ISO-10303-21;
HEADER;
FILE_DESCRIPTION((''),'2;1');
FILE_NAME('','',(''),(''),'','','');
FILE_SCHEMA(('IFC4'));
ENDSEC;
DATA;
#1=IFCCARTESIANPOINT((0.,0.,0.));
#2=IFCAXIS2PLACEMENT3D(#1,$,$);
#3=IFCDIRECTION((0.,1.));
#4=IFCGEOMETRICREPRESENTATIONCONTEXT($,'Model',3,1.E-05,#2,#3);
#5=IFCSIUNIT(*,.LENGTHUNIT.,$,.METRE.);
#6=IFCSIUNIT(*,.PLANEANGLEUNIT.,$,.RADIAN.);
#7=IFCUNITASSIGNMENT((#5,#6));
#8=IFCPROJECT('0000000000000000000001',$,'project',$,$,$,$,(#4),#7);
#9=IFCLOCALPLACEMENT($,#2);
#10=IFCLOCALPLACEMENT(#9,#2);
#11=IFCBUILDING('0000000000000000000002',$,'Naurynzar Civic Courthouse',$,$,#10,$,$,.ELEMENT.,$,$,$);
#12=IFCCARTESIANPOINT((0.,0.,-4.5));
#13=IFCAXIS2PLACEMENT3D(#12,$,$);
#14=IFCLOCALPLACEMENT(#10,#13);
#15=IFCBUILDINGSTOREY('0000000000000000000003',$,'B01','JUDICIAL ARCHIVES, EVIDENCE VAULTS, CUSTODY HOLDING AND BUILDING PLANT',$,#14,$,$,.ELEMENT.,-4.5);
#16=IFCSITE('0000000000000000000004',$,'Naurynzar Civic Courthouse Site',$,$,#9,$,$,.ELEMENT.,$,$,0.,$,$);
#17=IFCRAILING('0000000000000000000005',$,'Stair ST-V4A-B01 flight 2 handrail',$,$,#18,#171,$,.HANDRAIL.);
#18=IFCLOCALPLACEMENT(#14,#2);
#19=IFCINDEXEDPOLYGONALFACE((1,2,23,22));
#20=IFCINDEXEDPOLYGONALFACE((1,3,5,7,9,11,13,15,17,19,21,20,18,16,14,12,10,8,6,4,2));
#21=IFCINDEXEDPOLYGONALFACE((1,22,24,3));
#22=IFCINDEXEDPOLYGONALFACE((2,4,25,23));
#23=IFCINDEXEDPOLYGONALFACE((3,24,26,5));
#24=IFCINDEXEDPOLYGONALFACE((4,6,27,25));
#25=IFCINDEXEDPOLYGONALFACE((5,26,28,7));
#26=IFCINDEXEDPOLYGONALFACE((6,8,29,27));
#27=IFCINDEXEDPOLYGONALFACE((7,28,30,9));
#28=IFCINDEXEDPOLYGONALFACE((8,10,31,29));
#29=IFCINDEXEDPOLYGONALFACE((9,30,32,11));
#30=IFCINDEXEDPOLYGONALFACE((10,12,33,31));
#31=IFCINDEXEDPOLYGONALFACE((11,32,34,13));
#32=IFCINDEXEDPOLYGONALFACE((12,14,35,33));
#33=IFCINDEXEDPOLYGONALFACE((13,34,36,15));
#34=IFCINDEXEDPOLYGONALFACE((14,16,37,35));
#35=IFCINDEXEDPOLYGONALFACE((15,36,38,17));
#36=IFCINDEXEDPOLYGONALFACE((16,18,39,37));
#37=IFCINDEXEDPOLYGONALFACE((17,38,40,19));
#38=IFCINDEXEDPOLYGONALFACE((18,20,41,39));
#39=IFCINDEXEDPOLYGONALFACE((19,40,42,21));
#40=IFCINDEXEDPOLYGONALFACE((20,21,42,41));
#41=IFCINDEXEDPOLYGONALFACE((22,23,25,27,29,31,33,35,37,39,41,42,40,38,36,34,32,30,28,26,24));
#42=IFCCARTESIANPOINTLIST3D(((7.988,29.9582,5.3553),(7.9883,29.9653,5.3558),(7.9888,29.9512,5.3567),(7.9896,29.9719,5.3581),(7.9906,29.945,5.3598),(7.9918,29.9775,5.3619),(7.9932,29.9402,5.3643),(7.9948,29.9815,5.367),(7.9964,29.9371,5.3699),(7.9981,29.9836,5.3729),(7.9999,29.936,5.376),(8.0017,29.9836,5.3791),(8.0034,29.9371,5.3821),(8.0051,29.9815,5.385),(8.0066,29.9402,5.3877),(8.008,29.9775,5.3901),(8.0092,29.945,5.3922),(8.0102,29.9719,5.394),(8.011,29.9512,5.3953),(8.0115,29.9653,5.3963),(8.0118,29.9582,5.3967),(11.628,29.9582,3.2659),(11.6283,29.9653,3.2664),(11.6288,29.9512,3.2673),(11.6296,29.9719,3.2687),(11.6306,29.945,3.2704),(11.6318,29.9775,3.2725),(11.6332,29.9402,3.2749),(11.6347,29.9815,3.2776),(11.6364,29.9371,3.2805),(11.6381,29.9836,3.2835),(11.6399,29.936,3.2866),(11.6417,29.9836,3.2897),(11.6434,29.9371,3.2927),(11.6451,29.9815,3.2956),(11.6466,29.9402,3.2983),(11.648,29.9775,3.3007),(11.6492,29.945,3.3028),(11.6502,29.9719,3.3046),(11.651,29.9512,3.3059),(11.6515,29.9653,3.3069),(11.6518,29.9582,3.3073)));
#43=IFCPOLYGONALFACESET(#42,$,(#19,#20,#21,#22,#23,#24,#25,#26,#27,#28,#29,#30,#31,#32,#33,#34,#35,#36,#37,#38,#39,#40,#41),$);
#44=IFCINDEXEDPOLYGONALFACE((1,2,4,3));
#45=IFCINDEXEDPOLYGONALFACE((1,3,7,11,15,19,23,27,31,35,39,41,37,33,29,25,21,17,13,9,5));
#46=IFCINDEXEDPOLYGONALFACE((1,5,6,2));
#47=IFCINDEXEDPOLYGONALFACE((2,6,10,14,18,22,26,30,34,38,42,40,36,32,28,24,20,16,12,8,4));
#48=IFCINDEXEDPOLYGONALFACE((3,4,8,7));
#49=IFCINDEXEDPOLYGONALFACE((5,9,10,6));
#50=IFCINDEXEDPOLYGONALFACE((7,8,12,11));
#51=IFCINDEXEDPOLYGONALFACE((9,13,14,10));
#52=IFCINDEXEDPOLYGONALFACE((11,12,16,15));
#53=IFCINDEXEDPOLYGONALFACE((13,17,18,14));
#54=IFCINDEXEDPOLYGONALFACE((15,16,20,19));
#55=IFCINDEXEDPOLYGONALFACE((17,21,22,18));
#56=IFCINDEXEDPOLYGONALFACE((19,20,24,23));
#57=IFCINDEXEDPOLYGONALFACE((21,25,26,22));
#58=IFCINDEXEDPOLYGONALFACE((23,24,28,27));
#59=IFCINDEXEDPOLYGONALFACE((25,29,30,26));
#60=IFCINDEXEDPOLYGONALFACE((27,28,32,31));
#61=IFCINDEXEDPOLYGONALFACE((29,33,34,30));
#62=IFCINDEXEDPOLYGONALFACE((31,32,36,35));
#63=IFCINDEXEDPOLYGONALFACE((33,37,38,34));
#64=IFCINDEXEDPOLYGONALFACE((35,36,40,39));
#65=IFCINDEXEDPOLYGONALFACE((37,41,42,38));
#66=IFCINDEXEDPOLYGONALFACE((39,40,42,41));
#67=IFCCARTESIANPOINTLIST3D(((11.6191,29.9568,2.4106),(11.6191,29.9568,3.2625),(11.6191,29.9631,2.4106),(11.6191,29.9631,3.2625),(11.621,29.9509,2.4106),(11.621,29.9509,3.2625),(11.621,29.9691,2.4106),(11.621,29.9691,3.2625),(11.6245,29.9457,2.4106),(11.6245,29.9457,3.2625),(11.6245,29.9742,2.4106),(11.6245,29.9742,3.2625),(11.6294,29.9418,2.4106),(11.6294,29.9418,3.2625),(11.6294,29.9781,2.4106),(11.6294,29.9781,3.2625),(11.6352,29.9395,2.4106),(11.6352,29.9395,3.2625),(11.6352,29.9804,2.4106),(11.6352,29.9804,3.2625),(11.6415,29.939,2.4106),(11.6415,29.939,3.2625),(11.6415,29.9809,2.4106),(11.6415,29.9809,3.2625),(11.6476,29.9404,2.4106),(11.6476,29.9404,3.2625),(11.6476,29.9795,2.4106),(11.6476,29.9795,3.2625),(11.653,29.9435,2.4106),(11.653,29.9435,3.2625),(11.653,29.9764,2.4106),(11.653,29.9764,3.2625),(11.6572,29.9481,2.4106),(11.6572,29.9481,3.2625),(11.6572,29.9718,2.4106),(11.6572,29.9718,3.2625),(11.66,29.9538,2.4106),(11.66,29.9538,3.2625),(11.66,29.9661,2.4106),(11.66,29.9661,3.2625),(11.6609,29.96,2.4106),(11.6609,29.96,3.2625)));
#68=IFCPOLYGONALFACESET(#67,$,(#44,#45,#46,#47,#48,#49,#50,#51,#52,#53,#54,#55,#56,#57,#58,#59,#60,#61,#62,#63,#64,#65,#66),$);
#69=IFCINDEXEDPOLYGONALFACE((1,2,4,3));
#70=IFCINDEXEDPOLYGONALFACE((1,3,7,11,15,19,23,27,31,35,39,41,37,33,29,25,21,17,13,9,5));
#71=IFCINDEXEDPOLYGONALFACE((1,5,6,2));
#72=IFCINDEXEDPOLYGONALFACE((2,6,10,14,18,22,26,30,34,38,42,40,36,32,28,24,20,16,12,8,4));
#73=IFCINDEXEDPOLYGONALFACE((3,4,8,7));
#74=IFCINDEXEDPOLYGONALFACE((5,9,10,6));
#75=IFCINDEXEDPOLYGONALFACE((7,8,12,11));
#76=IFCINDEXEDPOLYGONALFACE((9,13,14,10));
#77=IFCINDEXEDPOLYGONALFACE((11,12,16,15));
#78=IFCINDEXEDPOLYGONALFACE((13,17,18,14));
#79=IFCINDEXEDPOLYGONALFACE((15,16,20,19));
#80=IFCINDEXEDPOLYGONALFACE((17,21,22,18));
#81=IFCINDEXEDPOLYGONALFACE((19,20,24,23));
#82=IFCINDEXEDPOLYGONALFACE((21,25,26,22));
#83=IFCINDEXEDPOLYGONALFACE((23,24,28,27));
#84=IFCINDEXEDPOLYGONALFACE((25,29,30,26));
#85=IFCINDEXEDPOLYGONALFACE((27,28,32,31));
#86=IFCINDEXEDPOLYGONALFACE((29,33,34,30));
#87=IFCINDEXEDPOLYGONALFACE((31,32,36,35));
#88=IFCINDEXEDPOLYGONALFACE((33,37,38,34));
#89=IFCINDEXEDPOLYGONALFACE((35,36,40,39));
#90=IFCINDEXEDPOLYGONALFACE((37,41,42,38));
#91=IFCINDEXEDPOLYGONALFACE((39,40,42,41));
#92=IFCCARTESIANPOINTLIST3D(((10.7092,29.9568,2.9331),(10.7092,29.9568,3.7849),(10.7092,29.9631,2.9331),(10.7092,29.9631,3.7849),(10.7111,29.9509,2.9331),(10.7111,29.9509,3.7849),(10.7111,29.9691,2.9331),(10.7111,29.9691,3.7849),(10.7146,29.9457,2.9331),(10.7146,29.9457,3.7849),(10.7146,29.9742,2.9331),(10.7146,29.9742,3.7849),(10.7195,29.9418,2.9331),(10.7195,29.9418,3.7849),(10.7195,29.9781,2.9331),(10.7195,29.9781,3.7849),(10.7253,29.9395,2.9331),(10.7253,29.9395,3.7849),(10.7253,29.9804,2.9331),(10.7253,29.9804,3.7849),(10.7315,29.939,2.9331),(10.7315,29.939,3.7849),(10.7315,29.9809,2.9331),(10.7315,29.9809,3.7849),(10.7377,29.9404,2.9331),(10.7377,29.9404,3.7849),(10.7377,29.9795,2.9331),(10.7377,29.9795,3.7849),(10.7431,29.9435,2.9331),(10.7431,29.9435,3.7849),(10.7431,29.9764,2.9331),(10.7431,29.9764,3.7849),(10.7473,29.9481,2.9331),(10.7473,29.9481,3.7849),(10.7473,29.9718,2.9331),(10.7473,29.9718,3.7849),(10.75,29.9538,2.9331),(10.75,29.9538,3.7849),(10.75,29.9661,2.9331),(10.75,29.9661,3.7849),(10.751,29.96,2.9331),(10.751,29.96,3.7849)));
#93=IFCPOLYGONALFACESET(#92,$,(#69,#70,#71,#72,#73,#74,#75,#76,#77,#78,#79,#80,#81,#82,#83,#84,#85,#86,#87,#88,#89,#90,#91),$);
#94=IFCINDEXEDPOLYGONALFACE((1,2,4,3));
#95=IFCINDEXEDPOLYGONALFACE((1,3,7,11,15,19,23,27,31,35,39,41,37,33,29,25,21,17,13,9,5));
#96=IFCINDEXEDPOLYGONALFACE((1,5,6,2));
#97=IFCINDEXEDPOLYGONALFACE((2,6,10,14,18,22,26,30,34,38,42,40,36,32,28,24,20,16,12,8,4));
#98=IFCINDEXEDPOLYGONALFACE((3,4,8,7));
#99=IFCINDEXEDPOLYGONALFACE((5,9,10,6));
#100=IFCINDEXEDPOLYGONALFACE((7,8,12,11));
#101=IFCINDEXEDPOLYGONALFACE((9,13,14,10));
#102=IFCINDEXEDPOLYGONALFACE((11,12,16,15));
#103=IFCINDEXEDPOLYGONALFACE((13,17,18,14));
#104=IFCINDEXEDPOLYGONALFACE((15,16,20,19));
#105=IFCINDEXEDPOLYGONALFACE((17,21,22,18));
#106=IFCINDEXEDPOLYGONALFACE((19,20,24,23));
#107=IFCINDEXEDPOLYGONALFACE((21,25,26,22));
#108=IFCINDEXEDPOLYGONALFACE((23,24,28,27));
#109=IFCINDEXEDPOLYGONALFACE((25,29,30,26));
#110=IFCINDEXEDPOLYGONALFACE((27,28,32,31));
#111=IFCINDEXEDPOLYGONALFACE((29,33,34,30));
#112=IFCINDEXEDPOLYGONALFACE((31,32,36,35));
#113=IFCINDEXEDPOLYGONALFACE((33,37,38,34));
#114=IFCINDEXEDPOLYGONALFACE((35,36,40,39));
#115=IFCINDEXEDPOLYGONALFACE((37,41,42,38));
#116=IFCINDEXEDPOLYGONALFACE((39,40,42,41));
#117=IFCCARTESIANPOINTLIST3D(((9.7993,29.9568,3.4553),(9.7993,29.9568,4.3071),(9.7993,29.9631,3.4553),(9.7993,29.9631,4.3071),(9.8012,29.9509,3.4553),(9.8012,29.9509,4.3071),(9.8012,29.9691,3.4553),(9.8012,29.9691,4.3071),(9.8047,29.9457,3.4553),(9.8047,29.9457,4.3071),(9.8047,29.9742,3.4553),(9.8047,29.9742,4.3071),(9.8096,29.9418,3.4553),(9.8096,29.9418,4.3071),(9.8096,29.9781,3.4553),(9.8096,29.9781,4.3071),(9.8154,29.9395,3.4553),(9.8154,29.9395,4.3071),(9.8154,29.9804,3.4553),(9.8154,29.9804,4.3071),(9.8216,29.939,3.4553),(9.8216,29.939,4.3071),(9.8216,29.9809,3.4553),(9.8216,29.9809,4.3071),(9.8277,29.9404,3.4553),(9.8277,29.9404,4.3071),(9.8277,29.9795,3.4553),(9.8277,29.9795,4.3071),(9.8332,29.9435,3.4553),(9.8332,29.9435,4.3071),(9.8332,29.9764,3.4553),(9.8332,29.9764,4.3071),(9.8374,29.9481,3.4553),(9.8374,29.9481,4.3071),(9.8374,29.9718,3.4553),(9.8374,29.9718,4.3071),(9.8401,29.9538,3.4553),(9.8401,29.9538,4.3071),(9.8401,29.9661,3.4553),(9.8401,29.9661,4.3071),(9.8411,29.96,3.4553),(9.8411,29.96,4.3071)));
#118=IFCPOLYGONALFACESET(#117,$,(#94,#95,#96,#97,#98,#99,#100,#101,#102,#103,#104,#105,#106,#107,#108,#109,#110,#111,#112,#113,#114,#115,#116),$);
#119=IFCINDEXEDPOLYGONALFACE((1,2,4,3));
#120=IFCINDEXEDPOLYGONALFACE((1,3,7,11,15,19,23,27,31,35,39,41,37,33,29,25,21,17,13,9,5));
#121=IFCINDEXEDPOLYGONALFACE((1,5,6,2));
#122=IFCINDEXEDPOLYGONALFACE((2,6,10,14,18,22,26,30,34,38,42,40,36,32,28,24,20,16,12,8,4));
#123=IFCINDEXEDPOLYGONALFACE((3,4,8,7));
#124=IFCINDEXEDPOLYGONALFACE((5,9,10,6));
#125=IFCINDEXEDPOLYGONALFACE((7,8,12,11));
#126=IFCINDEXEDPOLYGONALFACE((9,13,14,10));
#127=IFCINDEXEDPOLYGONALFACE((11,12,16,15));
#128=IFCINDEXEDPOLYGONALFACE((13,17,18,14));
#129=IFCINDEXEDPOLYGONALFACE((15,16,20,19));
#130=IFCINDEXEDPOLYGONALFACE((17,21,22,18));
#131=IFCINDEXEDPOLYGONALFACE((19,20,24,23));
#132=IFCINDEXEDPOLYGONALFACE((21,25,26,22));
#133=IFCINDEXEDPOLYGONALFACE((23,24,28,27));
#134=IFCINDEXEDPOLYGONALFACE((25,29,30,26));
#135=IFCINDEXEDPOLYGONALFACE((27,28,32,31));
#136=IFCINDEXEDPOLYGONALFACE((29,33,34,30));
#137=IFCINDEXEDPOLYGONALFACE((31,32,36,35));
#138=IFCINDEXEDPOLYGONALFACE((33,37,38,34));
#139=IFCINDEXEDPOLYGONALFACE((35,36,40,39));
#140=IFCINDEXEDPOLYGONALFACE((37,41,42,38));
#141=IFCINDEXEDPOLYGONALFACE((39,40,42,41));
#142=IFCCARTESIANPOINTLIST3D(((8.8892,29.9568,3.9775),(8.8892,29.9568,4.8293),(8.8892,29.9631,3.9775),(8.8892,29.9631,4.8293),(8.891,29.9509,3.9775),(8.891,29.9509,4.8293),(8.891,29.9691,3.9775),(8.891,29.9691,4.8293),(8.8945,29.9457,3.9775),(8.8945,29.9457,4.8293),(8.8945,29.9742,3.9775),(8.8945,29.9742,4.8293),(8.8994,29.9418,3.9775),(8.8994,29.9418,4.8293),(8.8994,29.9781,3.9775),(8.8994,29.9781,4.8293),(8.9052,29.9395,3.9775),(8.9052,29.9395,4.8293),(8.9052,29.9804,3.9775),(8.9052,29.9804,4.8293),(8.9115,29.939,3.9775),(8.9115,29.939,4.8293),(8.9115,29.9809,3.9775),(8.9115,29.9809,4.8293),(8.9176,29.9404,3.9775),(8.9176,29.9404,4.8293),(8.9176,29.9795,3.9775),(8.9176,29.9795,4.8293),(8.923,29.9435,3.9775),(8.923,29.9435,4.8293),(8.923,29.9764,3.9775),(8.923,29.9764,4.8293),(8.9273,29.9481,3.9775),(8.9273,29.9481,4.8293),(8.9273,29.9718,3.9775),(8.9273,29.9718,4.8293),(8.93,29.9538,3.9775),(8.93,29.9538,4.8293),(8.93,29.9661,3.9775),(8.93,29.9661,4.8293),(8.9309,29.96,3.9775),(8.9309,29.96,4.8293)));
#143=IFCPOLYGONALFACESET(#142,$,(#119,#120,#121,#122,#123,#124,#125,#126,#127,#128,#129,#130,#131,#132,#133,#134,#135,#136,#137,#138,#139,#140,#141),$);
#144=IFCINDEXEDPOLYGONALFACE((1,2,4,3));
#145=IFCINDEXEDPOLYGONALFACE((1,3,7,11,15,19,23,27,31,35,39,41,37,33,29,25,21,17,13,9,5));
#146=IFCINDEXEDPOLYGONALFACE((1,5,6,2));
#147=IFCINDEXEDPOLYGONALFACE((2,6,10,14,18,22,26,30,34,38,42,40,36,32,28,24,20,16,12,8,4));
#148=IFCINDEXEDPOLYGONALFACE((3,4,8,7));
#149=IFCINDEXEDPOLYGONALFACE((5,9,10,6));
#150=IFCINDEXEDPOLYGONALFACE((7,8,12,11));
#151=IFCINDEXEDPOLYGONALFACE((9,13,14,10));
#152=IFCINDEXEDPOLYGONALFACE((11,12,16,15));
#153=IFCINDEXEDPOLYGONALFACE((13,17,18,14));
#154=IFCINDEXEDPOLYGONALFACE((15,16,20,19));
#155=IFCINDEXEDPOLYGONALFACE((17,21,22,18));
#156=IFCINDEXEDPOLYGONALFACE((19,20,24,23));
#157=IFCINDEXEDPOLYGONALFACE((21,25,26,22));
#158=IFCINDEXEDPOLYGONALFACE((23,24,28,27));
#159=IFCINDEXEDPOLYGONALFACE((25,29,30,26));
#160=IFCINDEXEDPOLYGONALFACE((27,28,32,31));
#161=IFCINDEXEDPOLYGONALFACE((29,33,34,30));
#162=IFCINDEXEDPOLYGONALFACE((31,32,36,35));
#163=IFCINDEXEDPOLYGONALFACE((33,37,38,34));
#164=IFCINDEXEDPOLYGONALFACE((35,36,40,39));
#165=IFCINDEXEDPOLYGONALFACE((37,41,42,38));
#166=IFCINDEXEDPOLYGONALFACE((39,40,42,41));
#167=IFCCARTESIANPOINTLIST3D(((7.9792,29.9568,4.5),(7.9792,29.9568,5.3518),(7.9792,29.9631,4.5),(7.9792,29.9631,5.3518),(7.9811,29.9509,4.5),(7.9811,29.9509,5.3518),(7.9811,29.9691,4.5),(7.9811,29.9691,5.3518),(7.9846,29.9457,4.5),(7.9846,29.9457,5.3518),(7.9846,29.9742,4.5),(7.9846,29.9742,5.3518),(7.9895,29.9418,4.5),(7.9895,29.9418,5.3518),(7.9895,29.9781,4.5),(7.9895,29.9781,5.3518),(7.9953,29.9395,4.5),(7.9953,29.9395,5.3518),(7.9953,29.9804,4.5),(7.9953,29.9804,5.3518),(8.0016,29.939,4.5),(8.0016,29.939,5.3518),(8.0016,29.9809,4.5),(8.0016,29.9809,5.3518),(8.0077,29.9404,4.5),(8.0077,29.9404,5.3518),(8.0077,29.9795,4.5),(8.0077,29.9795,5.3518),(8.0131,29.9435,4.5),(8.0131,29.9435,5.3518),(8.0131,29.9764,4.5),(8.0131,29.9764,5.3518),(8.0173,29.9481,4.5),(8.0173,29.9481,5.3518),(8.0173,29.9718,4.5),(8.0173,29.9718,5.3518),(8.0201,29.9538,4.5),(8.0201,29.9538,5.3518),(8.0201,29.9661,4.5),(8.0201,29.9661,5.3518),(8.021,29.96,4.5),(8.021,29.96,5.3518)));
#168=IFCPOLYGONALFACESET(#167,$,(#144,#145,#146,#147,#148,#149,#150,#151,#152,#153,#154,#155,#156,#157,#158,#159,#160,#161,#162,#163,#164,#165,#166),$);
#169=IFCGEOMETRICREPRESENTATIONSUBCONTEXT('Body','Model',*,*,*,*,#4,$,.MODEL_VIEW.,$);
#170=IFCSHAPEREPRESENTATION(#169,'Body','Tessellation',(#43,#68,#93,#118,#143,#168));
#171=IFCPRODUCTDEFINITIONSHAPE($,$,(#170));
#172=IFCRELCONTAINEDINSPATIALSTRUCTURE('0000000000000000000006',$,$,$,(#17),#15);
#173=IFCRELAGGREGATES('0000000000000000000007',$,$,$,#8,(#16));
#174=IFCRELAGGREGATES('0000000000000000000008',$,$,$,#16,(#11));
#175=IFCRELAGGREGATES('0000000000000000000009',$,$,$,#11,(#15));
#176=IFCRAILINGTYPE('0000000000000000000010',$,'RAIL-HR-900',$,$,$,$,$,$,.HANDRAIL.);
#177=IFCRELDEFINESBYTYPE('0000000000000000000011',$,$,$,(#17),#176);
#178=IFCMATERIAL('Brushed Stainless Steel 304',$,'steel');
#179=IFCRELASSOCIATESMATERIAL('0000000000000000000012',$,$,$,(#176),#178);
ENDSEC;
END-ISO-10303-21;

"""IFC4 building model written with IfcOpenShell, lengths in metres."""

from ifc_helpers import new_model, si_unit, direction, frame, origin, origin_2d, place, context, subcontext, project, spatial, circle, extrude, material, type_object, element, save


model = new_model("IFC4")

# Units and contexts
model_context = context("Model", 3, precision=1e-05, world=origin(), true_north=direction((0.0, 1.0)))
body_context = subcontext(model_context, "Body", "Model", "MODEL_VIEW")
ifc_project = project(units=[si_unit("LENGTHUNIT", "METRE"), si_unit("PLANEANGLEUNIT", "RADIAN")], contexts=[model_context])

# Site, building, storey
site_placement = place(None, origin())
site = spatial("IfcSite", under=ifc_project, at=site_placement, Name="Naurynzar Civic Courthouse Site", CompositionType="ELEMENT", RefElevation=0.0)
building_placement = place(site_placement, origin())
building = spatial("IfcBuilding", under=site, at=building_placement, Name="Naurynzar Civic Courthouse", CompositionType="ELEMENT")
storey_placement = place(building_placement, frame((0.0, 0.0, -4.5)))
storey = spatial("IfcBuildingStorey", under=building, at=storey_placement, Name="B01", Description="JUDICIAL ARCHIVES, EVIDENCE VAULTS, CUSTODY HOLDING AND BUILDING PLANT", CompositionType="ELEMENT", Elevation=-4.5)

# Railing
ifc_material_1 = material(Name="Brushed Stainless Steel 304", Category="steel")
railing_type_1 = type_object("IfcRailingType", Name="RAIL-HR-900", PredefinedType="HANDRAIL", material=ifc_material_1)
railing_1_placement = place(storey_placement, frame((11.6399, 29.96, 2.4106)))
element("IfcRailing", 1, at=railing_1_placement, inside=storey, type_object=railing_type_1, Name="Stair ST-V4A-B01 flight 2 handrail", PredefinedType="HANDRAIL", context=body_context, shape_type="SweptSolid", body=[
    extrude(circle(Radius=0.0239, at=origin_2d()), frame((0.0, 0.0, 0.876), z_axis=(-0.867275, 0.0, 0.497829), x_axis=(0.0, -1.0, 0.0)), (0.0, 0.0, 1.0), 4.197),
    extrude(circle(Radius=0.021, at=origin_2d()), origin(), (0.0, 0.0, 1.0), 0.8518),
    extrude(circle(Radius=0.021, at=origin_2d()), frame((-0.9099, 0.0, 0.5225)), (0.0, 0.0, 1.0), 0.8518),
    extrude(circle(Radius=0.021, at=origin_2d()), frame((-1.8198, 0.0, 1.0447)), (0.0, 0.0, 1.0), 0.8518),
    extrude(circle(Radius=0.021, at=origin_2d()), frame((-2.73, 0.0, 1.5669)), (0.0, 0.0, 1.0), 0.8518),
    extrude(circle(Radius=0.021, at=origin_2d()), frame((-3.6399, 0.0, 2.0894)), (0.0, 0.0, 1.0), 0.8518),
])

save(model, "model.ifc")
